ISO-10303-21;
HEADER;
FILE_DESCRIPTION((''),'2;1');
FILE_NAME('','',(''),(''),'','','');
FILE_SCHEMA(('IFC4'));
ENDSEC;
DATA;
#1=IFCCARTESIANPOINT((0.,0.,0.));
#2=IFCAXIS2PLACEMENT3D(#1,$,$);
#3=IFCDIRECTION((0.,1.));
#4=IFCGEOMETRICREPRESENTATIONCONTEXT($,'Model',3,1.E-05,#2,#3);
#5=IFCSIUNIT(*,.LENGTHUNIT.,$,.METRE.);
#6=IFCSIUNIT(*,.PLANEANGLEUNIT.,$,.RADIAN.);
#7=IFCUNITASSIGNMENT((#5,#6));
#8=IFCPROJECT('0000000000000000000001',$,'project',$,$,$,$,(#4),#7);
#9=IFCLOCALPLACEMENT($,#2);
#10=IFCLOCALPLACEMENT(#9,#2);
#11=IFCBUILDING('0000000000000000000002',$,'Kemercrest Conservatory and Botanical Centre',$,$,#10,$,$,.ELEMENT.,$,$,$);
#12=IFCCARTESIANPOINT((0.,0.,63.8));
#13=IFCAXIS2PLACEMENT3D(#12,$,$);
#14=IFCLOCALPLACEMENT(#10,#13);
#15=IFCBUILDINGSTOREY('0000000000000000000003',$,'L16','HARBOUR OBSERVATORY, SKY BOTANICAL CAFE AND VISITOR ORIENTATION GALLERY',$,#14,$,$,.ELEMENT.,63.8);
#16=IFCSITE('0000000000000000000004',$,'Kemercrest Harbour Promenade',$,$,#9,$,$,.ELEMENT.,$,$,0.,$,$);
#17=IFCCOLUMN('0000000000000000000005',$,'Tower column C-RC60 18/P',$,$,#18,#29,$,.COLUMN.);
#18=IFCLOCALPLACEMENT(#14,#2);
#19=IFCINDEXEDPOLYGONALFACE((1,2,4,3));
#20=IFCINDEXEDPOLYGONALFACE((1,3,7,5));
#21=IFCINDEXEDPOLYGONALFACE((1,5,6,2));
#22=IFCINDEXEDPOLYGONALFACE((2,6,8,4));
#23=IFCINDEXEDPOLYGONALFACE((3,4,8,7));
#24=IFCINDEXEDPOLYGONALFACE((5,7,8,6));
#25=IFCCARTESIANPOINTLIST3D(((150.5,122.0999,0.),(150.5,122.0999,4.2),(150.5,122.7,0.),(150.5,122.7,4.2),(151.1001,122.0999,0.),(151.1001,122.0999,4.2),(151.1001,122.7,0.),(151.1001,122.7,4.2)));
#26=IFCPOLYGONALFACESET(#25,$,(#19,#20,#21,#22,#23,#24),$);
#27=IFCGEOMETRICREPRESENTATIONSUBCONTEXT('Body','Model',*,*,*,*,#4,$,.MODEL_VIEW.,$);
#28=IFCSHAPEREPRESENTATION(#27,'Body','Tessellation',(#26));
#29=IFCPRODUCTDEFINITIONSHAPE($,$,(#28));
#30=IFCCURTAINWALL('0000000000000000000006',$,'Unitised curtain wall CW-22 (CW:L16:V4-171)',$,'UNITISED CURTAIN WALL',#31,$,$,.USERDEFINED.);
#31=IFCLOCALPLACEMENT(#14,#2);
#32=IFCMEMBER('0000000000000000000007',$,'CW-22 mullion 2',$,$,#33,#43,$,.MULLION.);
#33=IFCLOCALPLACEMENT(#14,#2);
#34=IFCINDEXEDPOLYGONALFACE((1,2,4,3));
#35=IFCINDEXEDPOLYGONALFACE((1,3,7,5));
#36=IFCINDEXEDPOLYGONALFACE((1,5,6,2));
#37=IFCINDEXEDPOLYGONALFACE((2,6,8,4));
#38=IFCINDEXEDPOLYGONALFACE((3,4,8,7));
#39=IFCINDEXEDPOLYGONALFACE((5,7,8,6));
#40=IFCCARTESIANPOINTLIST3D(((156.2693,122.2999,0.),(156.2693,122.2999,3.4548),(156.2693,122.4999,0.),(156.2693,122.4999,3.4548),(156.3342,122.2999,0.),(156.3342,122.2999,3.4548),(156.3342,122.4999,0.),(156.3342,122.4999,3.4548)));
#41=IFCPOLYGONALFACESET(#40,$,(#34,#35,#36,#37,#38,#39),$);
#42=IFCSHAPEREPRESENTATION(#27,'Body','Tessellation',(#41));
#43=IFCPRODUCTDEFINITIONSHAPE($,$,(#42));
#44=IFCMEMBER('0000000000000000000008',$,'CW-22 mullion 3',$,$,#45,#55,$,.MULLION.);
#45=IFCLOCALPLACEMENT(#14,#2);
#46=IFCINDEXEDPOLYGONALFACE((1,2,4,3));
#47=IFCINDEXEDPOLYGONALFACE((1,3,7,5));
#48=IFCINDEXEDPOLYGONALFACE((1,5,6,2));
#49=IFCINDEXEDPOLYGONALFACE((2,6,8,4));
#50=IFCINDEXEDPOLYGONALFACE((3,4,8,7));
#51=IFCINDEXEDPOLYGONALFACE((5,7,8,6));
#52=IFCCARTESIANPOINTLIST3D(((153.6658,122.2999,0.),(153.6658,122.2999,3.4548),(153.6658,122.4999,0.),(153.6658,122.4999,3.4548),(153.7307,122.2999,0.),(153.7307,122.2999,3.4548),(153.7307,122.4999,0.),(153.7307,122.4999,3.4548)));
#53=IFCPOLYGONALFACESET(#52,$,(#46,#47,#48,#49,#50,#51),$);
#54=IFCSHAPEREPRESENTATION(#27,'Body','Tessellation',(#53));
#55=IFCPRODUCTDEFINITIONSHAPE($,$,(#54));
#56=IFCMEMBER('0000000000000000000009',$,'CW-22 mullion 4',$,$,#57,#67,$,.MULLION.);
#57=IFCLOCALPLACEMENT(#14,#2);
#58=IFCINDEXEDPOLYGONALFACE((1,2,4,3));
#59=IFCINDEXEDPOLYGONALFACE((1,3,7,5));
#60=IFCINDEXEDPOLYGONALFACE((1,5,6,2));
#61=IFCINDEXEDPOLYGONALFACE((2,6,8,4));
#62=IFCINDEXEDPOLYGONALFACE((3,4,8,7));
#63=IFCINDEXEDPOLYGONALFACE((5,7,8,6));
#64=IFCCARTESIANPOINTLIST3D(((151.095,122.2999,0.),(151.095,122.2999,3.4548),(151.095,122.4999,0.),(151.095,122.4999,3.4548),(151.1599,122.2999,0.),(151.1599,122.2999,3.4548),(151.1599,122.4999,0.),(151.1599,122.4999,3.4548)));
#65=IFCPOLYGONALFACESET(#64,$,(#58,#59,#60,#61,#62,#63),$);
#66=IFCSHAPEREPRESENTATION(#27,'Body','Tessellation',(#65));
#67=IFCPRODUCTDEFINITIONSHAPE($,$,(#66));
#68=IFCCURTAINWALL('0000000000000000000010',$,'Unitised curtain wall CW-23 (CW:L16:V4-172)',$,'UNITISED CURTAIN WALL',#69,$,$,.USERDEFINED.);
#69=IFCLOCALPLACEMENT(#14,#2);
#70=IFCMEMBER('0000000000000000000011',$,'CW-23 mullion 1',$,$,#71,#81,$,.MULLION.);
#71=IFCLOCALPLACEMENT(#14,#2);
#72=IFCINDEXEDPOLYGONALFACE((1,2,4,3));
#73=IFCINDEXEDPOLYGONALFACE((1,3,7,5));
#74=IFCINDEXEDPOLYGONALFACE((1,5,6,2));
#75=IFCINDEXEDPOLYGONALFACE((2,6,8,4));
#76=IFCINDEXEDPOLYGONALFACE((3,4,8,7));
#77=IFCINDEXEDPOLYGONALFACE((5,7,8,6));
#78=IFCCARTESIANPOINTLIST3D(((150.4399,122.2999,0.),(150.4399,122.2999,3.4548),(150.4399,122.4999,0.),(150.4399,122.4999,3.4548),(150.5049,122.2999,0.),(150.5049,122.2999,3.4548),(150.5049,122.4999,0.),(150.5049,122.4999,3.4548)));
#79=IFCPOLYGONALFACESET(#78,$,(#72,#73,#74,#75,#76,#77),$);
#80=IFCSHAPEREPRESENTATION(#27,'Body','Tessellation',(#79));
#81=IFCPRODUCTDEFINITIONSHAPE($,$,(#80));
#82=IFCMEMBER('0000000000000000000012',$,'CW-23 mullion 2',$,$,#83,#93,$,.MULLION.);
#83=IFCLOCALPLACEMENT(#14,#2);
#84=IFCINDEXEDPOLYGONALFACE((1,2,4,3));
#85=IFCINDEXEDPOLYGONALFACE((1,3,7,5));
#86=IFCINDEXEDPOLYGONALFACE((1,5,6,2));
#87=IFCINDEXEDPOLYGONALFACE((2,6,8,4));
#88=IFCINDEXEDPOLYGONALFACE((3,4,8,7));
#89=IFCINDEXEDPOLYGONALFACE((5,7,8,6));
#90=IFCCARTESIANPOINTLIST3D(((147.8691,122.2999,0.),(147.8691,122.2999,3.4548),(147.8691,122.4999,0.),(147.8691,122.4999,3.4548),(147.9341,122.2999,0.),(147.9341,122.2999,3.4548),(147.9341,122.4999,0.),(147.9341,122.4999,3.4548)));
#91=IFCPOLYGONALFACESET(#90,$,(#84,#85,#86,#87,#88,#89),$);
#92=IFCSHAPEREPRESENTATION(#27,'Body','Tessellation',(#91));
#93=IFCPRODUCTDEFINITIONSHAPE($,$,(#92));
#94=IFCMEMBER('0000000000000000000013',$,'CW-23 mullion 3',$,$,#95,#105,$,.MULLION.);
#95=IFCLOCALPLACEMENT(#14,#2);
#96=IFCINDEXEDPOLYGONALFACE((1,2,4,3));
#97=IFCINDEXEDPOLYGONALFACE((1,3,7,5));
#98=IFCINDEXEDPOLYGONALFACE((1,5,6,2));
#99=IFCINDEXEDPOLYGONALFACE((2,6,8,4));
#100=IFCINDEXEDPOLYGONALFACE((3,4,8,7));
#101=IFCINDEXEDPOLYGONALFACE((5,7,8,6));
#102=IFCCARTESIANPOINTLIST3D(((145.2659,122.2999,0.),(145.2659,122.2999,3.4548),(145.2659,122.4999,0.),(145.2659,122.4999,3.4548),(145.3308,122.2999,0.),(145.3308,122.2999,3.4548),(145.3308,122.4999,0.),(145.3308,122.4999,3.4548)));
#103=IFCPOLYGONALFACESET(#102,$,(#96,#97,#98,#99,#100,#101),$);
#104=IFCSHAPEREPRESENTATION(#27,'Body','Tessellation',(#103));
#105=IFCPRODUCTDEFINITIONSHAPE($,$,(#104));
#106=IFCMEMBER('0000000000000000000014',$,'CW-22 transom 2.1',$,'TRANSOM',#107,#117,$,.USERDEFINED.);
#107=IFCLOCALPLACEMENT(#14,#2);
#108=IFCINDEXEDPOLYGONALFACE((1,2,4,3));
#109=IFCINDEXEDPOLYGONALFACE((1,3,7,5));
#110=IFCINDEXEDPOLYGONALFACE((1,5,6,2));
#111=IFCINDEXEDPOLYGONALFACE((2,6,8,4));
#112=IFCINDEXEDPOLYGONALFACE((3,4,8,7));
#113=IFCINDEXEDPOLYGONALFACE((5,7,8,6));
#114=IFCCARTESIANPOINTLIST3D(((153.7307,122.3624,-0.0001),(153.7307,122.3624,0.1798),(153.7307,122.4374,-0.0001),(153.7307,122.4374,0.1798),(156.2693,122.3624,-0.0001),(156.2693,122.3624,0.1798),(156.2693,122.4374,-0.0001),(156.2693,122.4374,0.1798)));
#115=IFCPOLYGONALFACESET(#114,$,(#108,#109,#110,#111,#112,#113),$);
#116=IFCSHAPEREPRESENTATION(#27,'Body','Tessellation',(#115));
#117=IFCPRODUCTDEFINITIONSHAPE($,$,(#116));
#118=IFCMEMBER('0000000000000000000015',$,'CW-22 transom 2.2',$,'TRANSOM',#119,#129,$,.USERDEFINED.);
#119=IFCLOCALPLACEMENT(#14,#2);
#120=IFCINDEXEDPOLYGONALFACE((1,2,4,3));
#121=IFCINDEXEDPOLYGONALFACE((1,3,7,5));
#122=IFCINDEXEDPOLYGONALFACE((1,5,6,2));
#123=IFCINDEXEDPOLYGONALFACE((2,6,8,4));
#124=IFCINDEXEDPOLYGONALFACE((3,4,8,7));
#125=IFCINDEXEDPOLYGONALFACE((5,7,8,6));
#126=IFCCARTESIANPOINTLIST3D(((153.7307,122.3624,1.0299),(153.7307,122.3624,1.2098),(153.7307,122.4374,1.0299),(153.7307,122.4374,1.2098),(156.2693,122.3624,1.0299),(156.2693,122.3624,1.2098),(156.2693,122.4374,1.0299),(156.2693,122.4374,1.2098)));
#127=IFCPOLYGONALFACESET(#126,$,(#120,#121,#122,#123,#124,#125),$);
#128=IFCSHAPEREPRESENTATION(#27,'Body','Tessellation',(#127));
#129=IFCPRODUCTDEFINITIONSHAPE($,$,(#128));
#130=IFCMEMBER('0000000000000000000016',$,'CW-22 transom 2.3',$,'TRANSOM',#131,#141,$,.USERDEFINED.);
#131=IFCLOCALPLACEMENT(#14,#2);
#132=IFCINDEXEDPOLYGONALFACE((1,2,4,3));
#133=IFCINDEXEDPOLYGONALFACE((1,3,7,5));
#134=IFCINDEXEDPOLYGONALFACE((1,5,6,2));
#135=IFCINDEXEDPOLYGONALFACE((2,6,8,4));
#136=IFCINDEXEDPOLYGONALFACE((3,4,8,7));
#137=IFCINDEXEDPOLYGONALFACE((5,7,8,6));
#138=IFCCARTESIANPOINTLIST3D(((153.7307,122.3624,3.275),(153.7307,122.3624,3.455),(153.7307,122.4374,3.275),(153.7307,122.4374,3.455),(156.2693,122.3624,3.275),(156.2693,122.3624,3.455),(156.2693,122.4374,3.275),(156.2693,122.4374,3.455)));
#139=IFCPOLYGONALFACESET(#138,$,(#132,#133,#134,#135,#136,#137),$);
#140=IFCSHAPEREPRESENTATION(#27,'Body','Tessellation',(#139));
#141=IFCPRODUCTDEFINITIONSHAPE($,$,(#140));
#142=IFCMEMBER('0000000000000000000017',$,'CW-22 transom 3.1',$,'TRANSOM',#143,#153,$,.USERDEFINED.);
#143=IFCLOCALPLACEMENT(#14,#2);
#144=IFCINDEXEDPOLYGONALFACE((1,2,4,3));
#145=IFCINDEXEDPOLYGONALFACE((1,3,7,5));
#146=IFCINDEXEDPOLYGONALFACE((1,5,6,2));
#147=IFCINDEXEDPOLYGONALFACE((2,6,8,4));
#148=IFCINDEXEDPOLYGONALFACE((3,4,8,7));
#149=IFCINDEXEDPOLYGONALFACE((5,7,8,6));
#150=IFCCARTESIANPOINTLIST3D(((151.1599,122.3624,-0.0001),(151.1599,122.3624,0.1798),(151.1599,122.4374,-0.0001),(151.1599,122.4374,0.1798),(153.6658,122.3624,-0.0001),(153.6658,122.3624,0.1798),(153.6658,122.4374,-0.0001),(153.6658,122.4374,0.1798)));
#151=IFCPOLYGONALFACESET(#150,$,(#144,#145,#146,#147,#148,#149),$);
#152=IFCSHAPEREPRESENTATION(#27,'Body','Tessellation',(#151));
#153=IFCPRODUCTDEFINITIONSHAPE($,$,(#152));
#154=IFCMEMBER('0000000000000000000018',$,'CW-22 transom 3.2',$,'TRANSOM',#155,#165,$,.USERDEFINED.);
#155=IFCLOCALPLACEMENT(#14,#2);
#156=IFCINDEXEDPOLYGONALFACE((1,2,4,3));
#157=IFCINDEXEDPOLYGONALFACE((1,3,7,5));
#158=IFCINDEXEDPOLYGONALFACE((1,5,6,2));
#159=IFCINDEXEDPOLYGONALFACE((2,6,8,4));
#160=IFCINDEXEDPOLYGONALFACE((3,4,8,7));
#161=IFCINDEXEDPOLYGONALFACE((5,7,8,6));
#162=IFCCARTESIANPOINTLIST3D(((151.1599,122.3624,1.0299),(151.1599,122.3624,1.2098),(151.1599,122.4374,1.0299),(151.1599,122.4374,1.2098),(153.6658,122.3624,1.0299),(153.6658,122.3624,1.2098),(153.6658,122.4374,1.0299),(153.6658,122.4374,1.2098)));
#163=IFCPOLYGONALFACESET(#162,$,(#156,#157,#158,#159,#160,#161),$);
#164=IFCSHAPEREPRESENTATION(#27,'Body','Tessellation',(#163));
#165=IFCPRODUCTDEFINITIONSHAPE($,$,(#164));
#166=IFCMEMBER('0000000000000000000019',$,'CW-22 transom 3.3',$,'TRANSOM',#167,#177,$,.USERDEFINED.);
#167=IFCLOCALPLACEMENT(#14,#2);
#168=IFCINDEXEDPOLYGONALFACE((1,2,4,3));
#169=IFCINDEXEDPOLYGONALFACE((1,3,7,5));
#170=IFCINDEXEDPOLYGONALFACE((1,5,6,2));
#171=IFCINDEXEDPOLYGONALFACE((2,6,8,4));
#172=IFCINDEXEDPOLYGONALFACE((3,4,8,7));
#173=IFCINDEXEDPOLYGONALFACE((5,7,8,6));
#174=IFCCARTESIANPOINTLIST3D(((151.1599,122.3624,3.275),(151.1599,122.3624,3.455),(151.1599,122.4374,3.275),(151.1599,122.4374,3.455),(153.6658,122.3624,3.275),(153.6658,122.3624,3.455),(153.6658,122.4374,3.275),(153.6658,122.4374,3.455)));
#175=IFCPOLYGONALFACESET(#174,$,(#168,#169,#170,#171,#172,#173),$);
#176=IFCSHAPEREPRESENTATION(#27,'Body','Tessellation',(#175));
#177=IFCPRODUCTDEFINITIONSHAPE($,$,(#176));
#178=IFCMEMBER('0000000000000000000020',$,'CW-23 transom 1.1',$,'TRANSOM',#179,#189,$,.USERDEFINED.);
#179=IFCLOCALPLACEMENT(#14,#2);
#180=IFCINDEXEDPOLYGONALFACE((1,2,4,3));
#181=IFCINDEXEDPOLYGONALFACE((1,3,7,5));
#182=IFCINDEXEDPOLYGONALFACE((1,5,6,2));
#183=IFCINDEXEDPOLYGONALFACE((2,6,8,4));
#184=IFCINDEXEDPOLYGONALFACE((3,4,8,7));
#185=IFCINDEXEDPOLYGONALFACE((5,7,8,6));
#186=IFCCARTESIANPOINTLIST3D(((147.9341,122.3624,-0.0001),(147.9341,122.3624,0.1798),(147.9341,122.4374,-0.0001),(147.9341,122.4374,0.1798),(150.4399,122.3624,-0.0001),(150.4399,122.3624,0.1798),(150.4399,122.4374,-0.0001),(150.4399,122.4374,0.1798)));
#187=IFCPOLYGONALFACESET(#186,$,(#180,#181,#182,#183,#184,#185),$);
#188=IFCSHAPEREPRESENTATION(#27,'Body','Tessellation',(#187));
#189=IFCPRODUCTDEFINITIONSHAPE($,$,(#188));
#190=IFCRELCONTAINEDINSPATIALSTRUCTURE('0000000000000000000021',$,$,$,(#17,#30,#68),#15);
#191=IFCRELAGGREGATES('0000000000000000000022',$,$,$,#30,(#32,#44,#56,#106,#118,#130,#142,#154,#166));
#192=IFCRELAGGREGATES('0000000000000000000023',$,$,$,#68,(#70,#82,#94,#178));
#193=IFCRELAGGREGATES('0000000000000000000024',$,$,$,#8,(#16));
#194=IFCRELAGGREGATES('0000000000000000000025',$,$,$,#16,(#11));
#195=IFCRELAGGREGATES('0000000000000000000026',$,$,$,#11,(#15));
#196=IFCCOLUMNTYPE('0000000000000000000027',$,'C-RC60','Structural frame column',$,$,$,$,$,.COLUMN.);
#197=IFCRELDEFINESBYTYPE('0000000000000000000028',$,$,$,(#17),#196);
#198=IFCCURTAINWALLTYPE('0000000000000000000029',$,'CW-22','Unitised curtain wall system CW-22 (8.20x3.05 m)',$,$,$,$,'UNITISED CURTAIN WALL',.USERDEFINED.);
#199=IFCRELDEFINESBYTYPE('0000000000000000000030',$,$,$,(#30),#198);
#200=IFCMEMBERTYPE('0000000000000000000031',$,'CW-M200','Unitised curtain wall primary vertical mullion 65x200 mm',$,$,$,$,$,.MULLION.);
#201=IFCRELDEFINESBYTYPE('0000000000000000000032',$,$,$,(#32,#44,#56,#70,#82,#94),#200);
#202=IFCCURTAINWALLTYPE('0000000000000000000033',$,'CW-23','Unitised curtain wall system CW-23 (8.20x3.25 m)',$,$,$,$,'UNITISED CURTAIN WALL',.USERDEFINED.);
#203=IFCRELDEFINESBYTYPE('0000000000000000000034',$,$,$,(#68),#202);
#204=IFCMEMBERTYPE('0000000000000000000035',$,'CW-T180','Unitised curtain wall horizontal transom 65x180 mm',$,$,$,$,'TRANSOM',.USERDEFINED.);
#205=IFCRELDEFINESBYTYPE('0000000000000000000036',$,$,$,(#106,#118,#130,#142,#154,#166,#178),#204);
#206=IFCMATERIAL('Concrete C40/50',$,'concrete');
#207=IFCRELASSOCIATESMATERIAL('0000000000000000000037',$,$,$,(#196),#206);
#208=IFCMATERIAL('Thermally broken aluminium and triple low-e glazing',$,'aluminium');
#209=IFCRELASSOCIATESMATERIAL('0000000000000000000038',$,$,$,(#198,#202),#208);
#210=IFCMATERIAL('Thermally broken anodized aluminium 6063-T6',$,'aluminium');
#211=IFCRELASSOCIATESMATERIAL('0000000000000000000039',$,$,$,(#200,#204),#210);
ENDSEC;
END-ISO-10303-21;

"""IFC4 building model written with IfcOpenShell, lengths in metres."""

from ifc_helpers import new_model, si_unit, direction, frame, origin, origin_2d, place, context, subcontext, project, spatial, rectangle, extrude, material, material_profile, profile_set, type_object, element, aggregate, save


model = new_model("IFC4")

# Units and contexts
model_context = context("Model", 3, precision=1e-05, world=origin(), true_north=direction((0.0, 1.0)))
body_context = subcontext(model_context, "Body", "Model", "MODEL_VIEW")
ifc_project = project(units=[si_unit("LENGTHUNIT", "METRE"), si_unit("PLANEANGLEUNIT", "RADIAN")], contexts=[model_context])

# Site, building, storey
site_placement = place(None, origin())
site = spatial("IfcSite", under=ifc_project, at=site_placement, Name="Kemercrest Harbour Promenade", CompositionType="ELEMENT", RefElevation=0.0)
building_placement = place(site_placement, origin())
building = spatial("IfcBuilding", under=site, at=building_placement, Name="Kemercrest Conservatory and Botanical Centre", CompositionType="ELEMENT")
storey_placement = place(building_placement, frame((0.0, 0.0, 63.8)))
storey = spatial("IfcBuildingStorey", under=building, at=storey_placement, Name="L16", Description="HARBOUR OBSERVATORY, SKY BOTANICAL CAFE AND VISITOR ORIENTATION GALLERY", CompositionType="ELEMENT", Elevation=63.8)

# Column
ifc_material_1 = material(Name="Concrete C40/50", Category="concrete")
ifc_material_profile_1 = material_profile(ifc_material_1, rectangle(XDim=0.6001, YDim=0.6001, at=origin_2d()), Name="RC 600x600")
ifc_profile_set_1 = profile_set([ifc_material_profile_1], Name="Concrete C40/50")
column_type = type_object("IfcColumnType", Name="C-RC60", Description="Structural frame column", PredefinedType="COLUMN", material=ifc_profile_set_1)
column_placement = place(storey_placement, frame((150.8, 122.3999, 0.0), z_axis=(0.0, 0.0, 1.0), x_axis=(1.0, 0.0, 0.0)))
element("IfcColumn", 1, at=column_placement, inside=storey, type_object=column_type, Name="Tower column C-RC60 18/P", PredefinedType="COLUMN", context=body_context, shape_type="SweptSolid", body=[
    extrude(rectangle(XDim=0.6001, YDim=0.6001, at=origin_2d()), origin(), (0.0, 0.0, 1.0), 4.2),
])

# Curtain walls, members
ifc_material_2 = material(Name="Thermally broken aluminium and triple low-e glazing", Category="aluminium")
curtain_wall_type_1 = type_object("IfcCurtainWallType", Name="CW-22", Description="Unitised curtain wall system CW-22 (8.20x3.05 m)", ElementType="UNITISED CURTAIN WALL", PredefinedType="USERDEFINED", material=ifc_material_2)
curtain_wall_1_placement = place(storey_placement, origin())
curtain_wall_1 = element("IfcCurtainWall", 2, at=curtain_wall_1_placement, inside=storey, type_object=curtain_wall_type_1, Name="Unitised curtain wall CW-22 (CW:L16:V4-171)", ObjectType="UNITISED CURTAIN WALL", PredefinedType="USERDEFINED")
ifc_material_3 = material(Name="Thermally broken anodized aluminium 6063-T6", Category="aluminium")
ifc_material_profile_2 = material_profile(ifc_material_3, rectangle(XDim=0.2, YDim=0.0649, at=origin_2d()), Name="AL MULLION 65x200")
ifc_profile_set_2 = profile_set([ifc_material_profile_2], Name="Thermally broken anodized aluminium 6063-T6")
member_type_1 = type_object("IfcMemberType", Name="CW-M200", Description="Unitised curtain wall primary vertical mullion 65x200 mm", PredefinedType="MULLION", material=ifc_profile_set_2)
member_1_placement = place(storey_placement, frame((156.3018, 122.3999, 0.0), z_axis=(0.0, 0.0, 1.0), x_axis=(0.0, -1.0, 0.0)))
member_1 = element("IfcMember", 3, at=member_1_placement, type_object=member_type_1, Name="CW-22 mullion 2", PredefinedType="MULLION", context=body_context, shape_type="SweptSolid", body=[
    extrude(rectangle(XDim=0.2, YDim=0.0649, at=origin_2d()), origin(), (0.0, 0.0, 1.0), 3.4548),
])
member_2_placement = place(storey_placement, frame((153.6982, 122.3999, 0.0), z_axis=(0.0, 0.0, 1.0), x_axis=(0.0, -1.0, 0.0)))
member_2 = element("IfcMember", 4, at=member_2_placement, type_object=member_type_1, Name="CW-22 mullion 3", PredefinedType="MULLION", context=body_context, shape_type="SweptSolid", body=[
    extrude(rectangle(XDim=0.2, YDim=0.0649, at=origin_2d()), origin(), (0.0, 0.0, 1.0), 3.4548),
])
member_3_placement = place(storey_placement, frame((151.1274, 122.3999, 0.0), z_axis=(0.0, 0.0, 1.0), x_axis=(0.0, -1.0, 0.0)))
member_3 = element("IfcMember", 5, at=member_3_placement, type_object=member_type_1, Name="CW-22 mullion 4", PredefinedType="MULLION", context=body_context, shape_type="SweptSolid", body=[
    extrude(rectangle(XDim=0.2, YDim=0.0649, at=origin_2d()), origin(), (0.0, 0.0, 1.0), 3.4548),
])
curtain_wall_type_2 = type_object("IfcCurtainWallType", Name="CW-23", Description="Unitised curtain wall system CW-23 (8.20x3.25 m)", ElementType="UNITISED CURTAIN WALL", PredefinedType="USERDEFINED", material=ifc_material_2)
curtain_wall_2_placement = place(storey_placement, origin())
curtain_wall_2 = element("IfcCurtainWall", 6, at=curtain_wall_2_placement, inside=storey, type_object=curtain_wall_type_2, Name="Unitised curtain wall CW-23 (CW:L16:V4-172)", ObjectType="UNITISED CURTAIN WALL", PredefinedType="USERDEFINED")
member_4_placement = place(storey_placement, frame((150.4724, 122.3999, 0.0), z_axis=(0.0, 0.0, 1.0), x_axis=(0.0, -1.0, 0.0)))
member_4 = element("IfcMember", 7, at=member_4_placement, type_object=member_type_1, Name="CW-23 mullion 1", PredefinedType="MULLION", context=body_context, shape_type="SweptSolid", body=[
    extrude(rectangle(XDim=0.2, YDim=0.0649, at=origin_2d()), origin(), (0.0, 0.0, 1.0), 3.4548),
])
member_5_placement = place(storey_placement, frame((147.9016, 122.3999, 0.0), z_axis=(0.0, 0.0, 1.0), x_axis=(0.0, -1.0, 0.0)))
member_5 = element("IfcMember", 8, at=member_5_placement, type_object=member_type_1, Name="CW-23 mullion 2", PredefinedType="MULLION", context=body_context, shape_type="SweptSolid", body=[
    extrude(rectangle(XDim=0.2, YDim=0.0649, at=origin_2d()), origin(), (0.0, 0.0, 1.0), 3.4548),
])
member_6_placement = place(storey_placement, frame((145.2983, 122.3999, 0.0), z_axis=(0.0, 0.0, 1.0), x_axis=(0.0, -1.0, 0.0)))
member_6 = element("IfcMember", 9, at=member_6_placement, type_object=member_type_1, Name="CW-23 mullion 3", PredefinedType="MULLION", context=body_context, shape_type="SweptSolid", body=[
    extrude(rectangle(XDim=0.2, YDim=0.0649, at=origin_2d()), origin(), (0.0, 0.0, 1.0), 3.4548),
])

# Members
ifc_material_profile_3 = material_profile(ifc_material_3, rectangle(XDim=0.075, YDim=0.1799, at=origin_2d()), Name="AL TRANSOM 75x180")
ifc_profile_set_3 = profile_set([ifc_material_profile_3], Name="Thermally broken anodized aluminium 6063-T6")
member_type_2 = type_object("IfcMemberType", Name="CW-T180", Description="Unitised curtain wall horizontal transom 65x180 mm", ElementType="TRANSOM", PredefinedType="USERDEFINED", material=ifc_profile_set_3)
member_7_placement = place(storey_placement, frame((156.2693, 122.3999, 0.0898), z_axis=(-1.0, 0.0, 0.0), x_axis=(0.0, -1.0, 0.0)))
member_7 = element("IfcMember", 10, at=member_7_placement, type_object=member_type_2, Name="CW-22 transom 2.1", ObjectType="TRANSOM", PredefinedType="USERDEFINED", context=body_context, shape_type="SweptSolid", body=[
    extrude(rectangle(XDim=0.075, YDim=0.1799, at=origin_2d()), origin(), (0.0, 0.0, 1.0), 2.5386),
])
member_8_placement = place(storey_placement, frame((156.2693, 122.3999, 1.1199), z_axis=(-1.0, 0.0, 0.0), x_axis=(0.0, -1.0, 0.0)))
member_8 = element("IfcMember", 11, at=member_8_placement, type_object=member_type_2, Name="CW-22 transom 2.2", ObjectType="TRANSOM", PredefinedType="USERDEFINED", context=body_context, shape_type="SweptSolid", body=[
    extrude(rectangle(XDim=0.075, YDim=0.1799, at=origin_2d()), origin(), (0.0, 0.0, 1.0), 2.5386),
])
member_9_placement = place(storey_placement, frame((156.2693, 122.3999, 3.365), z_axis=(-1.0, 0.0, 0.0), x_axis=(0.0, -1.0, 0.0)))
member_9 = element("IfcMember", 12, at=member_9_placement, type_object=member_type_2, Name="CW-22 transom 2.3", ObjectType="TRANSOM", PredefinedType="USERDEFINED", context=body_context, shape_type="SweptSolid", body=[
    extrude(rectangle(XDim=0.075, YDim=0.1799, at=origin_2d()), origin(), (0.0, 0.0, 1.0), 2.5386),
])
member_10_placement = place(storey_placement, frame((153.6658, 122.3999, 0.0898), z_axis=(-1.0, 0.0, 0.0), x_axis=(0.0, -1.0, 0.0)))
member_10 = element("IfcMember", 13, at=member_10_placement, type_object=member_type_2, Name="CW-22 transom 3.1", ObjectType="TRANSOM", PredefinedType="USERDEFINED", context=body_context, shape_type="SweptSolid", body=[
    extrude(rectangle(XDim=0.075, YDim=0.1799, at=origin_2d()), origin(), (0.0, 0.0, 1.0), 2.5059),
])
member_11_placement = place(storey_placement, frame((153.6658, 122.3999, 1.1199), z_axis=(-1.0, 0.0, 0.0), x_axis=(0.0, -1.0, 0.0)))
member_11 = element("IfcMember", 14, at=member_11_placement, type_object=member_type_2, Name="CW-22 transom 3.2", ObjectType="TRANSOM", PredefinedType="USERDEFINED", context=body_context, shape_type="SweptSolid", body=[
    extrude(rectangle(XDim=0.075, YDim=0.1799, at=origin_2d()), origin(), (0.0, 0.0, 1.0), 2.5059),
])
member_12_placement = place(storey_placement, frame((153.6658, 122.3999, 3.365), z_axis=(-1.0, 0.0, 0.0), x_axis=(0.0, -1.0, 0.0)))
member_12 = element("IfcMember", 15, at=member_12_placement, type_object=member_type_2, Name="CW-22 transom 3.3", ObjectType="TRANSOM", PredefinedType="USERDEFINED", context=body_context, shape_type="SweptSolid", body=[
    extrude(rectangle(XDim=0.075, YDim=0.1799, at=origin_2d()), origin(), (0.0, 0.0, 1.0), 2.5059),
])
member_13_placement = place(storey_placement, frame((150.4399, 122.3999, 0.0898), z_axis=(-1.0, 0.0, 0.0), x_axis=(0.0, -1.0, 0.0)))
member_13 = element("IfcMember", 16, at=member_13_placement, type_object=member_type_2, Name="CW-23 transom 1.1", ObjectType="TRANSOM", PredefinedType="USERDEFINED", context=body_context, shape_type="SweptSolid", body=[
    extrude(rectangle(XDim=0.075, YDim=0.1799, at=origin_2d()), origin(), (0.0, 0.0, 1.0), 2.5059),
])

aggregate(curtain_wall_1, [member_1, member_2, member_3, member_7, member_8, member_9, member_10, member_11, member_12])
aggregate(curtain_wall_2, [member_4, member_5, member_6, member_13])

save(model, "model.ifc")
